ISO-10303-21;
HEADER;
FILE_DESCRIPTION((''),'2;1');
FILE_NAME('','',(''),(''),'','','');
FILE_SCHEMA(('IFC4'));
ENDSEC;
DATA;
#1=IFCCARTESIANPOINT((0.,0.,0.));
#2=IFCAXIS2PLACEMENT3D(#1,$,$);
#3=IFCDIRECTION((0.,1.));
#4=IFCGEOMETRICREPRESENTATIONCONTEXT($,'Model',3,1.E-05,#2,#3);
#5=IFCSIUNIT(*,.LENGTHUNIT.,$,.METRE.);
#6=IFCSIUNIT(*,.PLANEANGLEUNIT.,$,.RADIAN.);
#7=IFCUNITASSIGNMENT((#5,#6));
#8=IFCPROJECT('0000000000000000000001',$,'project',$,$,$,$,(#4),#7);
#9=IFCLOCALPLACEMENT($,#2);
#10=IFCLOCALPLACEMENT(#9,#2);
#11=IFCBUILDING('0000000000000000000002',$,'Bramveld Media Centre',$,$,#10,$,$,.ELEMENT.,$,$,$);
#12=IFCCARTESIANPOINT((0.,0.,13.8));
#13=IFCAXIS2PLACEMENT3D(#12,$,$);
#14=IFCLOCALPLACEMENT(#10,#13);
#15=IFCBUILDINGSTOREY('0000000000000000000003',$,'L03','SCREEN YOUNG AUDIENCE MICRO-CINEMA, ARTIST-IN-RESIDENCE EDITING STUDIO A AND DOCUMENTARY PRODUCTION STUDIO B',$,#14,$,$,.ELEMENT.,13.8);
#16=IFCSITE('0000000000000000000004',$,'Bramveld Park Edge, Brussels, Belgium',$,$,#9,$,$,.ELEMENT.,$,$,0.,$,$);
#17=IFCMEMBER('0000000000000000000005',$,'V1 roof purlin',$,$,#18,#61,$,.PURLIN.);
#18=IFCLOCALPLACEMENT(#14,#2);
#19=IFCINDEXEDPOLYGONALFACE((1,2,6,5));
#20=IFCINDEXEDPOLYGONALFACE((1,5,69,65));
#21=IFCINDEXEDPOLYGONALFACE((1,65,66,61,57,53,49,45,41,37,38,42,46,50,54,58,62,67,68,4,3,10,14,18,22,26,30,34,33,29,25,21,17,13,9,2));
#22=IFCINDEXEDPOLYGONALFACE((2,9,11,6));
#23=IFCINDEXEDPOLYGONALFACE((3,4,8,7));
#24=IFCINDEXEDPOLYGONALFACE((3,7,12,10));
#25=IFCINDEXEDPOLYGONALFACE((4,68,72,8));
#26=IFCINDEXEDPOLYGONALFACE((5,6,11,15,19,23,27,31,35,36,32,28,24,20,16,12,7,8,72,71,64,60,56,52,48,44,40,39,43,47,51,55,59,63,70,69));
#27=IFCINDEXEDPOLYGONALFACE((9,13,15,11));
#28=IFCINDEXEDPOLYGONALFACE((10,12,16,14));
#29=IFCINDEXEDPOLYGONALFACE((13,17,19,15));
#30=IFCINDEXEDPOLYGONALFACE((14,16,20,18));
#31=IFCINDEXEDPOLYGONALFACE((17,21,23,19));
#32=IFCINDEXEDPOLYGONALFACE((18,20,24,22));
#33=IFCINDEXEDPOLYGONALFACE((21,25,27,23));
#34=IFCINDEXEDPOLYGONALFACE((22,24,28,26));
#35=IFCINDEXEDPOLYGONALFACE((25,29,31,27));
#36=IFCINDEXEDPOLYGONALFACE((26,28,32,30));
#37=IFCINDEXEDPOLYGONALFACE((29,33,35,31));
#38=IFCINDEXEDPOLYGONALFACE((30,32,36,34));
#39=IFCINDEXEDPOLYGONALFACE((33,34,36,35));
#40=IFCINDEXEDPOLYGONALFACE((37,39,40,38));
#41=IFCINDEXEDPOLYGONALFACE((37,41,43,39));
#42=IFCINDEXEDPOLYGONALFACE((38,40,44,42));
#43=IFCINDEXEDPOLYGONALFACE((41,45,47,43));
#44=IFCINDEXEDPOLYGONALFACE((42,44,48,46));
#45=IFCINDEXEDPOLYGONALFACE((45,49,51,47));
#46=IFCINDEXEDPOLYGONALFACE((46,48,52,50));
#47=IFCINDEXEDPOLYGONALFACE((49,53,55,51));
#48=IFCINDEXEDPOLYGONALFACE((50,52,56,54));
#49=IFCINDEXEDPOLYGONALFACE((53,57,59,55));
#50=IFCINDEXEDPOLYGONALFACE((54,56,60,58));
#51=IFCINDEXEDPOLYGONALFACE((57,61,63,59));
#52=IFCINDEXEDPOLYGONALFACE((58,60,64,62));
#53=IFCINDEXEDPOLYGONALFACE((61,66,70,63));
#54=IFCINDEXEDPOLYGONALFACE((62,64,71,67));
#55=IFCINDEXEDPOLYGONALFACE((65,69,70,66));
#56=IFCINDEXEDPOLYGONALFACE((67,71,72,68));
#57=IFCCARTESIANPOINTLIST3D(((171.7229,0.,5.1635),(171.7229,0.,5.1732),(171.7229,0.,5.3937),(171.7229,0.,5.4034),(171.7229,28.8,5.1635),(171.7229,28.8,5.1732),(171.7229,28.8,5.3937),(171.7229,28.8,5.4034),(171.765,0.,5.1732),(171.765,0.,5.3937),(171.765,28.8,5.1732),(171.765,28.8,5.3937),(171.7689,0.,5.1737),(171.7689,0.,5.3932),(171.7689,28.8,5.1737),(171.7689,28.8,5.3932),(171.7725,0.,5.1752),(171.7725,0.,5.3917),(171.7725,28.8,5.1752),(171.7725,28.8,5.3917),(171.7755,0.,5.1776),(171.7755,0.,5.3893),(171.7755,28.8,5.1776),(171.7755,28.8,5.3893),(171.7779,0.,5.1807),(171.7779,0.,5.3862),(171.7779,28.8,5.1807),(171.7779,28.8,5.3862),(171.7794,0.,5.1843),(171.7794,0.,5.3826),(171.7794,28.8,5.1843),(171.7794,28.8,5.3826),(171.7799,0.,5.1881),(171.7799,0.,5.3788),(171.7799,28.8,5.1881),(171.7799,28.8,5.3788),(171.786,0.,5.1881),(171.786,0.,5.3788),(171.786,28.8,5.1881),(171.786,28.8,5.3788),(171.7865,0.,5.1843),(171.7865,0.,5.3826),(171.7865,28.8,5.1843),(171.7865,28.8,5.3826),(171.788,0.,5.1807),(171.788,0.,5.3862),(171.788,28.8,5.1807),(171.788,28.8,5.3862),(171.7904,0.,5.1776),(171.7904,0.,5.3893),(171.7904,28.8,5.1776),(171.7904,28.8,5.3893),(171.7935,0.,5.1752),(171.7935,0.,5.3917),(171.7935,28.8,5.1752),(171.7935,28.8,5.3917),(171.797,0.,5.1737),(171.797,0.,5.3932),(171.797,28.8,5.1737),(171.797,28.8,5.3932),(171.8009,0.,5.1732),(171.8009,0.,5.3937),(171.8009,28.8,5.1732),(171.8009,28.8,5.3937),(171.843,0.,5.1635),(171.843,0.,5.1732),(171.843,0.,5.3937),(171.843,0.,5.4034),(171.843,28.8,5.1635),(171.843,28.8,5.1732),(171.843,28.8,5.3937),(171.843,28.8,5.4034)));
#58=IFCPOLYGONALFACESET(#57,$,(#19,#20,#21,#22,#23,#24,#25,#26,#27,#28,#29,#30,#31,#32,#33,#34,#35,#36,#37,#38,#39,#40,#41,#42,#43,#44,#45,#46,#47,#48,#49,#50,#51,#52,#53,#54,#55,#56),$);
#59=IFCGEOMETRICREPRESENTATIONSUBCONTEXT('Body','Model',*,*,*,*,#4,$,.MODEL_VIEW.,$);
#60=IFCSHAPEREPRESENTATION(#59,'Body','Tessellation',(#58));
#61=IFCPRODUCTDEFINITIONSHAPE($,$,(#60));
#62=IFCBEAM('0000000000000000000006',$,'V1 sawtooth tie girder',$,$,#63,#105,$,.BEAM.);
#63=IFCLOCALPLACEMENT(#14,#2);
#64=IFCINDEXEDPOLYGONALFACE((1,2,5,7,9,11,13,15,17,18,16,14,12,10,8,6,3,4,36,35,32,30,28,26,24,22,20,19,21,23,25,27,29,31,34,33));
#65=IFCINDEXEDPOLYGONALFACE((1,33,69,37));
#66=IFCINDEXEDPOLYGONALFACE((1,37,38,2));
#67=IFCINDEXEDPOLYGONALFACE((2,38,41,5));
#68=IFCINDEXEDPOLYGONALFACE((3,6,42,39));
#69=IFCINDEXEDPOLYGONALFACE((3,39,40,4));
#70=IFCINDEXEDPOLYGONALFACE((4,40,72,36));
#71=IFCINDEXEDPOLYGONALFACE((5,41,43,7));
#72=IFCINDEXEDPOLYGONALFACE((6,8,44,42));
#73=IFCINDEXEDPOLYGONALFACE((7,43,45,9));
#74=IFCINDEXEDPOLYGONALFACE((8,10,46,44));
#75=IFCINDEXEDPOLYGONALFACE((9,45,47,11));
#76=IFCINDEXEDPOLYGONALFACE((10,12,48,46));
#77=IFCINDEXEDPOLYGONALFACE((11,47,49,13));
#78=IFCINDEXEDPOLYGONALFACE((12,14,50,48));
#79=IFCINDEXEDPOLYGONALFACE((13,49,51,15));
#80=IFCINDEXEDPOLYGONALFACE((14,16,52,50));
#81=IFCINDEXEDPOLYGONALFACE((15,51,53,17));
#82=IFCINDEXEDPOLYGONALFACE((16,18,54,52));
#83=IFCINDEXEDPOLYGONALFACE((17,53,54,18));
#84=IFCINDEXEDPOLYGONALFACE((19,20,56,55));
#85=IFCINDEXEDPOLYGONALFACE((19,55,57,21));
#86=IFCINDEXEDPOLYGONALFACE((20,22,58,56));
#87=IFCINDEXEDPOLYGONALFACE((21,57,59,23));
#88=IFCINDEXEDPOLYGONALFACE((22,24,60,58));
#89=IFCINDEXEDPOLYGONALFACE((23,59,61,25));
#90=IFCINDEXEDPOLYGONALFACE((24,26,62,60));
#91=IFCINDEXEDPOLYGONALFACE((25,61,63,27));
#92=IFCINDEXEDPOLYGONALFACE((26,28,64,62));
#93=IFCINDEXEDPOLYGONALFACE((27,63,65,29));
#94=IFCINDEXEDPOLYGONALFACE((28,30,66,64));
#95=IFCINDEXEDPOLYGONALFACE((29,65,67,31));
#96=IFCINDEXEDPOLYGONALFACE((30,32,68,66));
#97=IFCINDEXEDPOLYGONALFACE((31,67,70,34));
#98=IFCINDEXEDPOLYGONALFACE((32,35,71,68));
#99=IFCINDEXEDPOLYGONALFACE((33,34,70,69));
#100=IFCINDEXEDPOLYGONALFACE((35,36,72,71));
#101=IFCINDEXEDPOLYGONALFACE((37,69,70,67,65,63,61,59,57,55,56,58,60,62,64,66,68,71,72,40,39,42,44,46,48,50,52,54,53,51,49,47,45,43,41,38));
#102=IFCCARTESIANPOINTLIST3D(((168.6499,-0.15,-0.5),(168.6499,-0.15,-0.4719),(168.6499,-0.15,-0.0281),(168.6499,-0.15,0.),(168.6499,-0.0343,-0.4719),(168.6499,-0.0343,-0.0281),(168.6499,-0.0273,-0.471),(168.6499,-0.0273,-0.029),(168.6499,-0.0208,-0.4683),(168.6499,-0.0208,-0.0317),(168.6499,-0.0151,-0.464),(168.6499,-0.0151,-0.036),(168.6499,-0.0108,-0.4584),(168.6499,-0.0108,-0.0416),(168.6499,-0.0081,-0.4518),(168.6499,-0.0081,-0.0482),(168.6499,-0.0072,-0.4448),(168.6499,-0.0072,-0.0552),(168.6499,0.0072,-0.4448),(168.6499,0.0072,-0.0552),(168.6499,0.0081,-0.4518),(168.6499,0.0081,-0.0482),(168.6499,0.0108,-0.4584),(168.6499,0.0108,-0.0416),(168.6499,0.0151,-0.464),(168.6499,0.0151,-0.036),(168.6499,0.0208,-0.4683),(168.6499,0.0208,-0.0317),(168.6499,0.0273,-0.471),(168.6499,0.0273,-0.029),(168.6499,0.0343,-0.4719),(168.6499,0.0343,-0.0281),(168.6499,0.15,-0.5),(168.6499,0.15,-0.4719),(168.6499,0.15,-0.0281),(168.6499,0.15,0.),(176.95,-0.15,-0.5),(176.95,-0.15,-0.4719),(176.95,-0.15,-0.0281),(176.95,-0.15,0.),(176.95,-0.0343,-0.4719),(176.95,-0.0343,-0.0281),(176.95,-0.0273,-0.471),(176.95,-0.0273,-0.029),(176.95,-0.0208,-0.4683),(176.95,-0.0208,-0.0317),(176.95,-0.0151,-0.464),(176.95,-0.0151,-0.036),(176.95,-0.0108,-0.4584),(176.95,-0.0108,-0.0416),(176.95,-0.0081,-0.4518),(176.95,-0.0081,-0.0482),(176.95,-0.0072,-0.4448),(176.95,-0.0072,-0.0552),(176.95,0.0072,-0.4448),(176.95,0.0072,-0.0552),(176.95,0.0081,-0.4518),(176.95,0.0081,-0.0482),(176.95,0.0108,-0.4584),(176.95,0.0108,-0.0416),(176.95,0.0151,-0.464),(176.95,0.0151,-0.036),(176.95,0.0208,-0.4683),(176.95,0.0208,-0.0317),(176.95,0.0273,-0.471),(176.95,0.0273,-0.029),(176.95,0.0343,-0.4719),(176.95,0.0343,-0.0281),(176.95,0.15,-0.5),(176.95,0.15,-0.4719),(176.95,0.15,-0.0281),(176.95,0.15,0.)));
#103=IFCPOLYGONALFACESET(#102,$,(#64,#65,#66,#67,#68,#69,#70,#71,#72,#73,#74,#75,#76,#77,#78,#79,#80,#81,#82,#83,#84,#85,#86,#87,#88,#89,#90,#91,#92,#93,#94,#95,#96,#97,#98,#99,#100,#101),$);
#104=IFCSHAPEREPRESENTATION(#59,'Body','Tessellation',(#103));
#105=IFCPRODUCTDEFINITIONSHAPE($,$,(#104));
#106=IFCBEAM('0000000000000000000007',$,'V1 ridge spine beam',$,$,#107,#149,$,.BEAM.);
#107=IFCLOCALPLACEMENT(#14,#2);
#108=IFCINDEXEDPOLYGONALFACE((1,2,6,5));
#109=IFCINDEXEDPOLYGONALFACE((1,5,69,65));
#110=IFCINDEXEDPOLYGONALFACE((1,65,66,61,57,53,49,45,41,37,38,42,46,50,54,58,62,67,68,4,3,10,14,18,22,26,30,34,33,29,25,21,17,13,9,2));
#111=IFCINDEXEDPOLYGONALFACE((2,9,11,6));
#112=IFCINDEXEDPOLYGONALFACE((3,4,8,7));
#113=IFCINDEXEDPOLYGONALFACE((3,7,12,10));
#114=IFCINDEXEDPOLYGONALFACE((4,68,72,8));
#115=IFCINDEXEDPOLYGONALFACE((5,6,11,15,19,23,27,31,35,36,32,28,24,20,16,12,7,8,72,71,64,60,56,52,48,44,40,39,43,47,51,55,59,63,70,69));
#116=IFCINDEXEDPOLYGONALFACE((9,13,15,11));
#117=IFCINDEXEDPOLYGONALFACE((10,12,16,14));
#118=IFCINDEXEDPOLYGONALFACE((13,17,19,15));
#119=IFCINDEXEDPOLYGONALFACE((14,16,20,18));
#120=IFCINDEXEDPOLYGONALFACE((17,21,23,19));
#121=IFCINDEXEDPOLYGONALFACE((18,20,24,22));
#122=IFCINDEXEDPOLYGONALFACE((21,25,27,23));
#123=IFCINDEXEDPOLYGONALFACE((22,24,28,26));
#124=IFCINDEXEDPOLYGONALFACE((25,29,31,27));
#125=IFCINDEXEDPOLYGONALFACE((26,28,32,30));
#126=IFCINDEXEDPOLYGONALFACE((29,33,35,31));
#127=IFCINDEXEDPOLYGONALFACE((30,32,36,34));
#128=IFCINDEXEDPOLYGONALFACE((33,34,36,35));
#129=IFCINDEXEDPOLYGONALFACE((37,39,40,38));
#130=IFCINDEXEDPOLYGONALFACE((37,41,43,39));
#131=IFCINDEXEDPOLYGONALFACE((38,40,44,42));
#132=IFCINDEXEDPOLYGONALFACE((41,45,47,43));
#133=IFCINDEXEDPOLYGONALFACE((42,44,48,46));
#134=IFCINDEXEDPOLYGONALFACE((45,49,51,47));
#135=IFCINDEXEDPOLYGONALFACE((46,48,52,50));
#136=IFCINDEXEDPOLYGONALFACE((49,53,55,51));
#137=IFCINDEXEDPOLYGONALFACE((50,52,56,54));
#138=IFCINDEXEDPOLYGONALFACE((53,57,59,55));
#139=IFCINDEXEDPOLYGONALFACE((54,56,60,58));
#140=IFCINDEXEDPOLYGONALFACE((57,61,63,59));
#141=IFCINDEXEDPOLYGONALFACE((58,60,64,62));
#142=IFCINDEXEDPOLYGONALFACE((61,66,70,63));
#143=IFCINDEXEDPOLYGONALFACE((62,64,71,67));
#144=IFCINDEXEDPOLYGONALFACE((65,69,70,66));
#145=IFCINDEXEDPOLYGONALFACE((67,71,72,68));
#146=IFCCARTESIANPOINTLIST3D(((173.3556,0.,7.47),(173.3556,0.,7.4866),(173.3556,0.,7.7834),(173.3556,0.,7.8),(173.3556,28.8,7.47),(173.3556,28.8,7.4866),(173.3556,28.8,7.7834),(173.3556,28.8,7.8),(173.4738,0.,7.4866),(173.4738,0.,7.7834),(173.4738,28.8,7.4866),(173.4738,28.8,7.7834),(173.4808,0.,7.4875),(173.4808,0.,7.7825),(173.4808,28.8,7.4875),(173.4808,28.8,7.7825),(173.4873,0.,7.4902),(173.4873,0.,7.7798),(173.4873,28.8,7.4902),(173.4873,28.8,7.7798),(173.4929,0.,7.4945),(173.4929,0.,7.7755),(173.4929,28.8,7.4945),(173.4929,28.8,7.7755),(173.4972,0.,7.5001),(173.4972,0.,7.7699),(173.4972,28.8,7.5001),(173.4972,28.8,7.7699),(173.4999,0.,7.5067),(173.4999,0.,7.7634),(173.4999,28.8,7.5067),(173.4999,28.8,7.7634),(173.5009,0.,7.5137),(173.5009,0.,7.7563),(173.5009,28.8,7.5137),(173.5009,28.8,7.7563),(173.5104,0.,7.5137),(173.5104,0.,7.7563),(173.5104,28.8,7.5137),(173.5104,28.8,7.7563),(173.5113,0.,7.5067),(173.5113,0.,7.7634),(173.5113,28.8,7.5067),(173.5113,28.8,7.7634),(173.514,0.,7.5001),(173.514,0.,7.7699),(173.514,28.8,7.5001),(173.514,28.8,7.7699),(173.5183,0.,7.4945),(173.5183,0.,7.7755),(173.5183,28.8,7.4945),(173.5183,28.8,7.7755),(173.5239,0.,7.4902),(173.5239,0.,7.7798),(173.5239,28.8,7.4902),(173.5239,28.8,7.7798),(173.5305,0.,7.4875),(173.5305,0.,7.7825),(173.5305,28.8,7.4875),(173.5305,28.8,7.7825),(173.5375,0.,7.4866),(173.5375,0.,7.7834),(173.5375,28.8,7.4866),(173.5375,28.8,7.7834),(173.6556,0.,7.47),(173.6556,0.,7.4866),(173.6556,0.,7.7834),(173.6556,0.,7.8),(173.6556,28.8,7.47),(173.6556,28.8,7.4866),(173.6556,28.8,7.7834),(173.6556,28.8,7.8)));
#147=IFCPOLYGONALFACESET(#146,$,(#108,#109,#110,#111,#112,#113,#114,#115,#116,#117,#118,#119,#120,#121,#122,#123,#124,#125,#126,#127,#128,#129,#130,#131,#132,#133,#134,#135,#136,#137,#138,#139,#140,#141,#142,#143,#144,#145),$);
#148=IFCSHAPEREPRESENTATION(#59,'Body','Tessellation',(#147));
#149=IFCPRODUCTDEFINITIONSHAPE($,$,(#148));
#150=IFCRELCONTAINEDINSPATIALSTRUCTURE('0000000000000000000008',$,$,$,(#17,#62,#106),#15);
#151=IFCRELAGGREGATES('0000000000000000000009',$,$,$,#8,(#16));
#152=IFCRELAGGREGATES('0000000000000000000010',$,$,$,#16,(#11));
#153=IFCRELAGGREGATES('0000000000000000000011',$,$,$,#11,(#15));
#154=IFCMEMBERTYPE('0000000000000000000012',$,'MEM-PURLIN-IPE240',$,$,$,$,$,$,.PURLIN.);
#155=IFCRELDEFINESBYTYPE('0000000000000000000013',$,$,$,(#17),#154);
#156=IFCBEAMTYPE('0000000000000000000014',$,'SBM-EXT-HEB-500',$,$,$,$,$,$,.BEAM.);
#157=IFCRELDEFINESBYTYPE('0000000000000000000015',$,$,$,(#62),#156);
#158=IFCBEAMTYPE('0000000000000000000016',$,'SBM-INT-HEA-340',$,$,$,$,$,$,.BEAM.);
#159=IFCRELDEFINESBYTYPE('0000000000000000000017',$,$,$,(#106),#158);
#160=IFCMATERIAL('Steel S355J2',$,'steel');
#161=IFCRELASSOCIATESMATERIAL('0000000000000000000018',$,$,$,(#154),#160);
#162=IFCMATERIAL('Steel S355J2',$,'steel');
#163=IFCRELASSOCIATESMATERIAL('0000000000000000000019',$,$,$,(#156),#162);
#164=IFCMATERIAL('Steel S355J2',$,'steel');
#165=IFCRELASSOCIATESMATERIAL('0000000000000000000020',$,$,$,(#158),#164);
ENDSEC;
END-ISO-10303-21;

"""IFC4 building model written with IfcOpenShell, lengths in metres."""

from ifc_helpers import new_model, si_unit, direction, frame, origin, origin_2d, place, context, subcontext, project, spatial, i_section, extrude, material, material_profile, profile_set, type_object, element, save


model = new_model("IFC4")

# Units and contexts
model_context = context("Model", 3, precision=1e-05, world=origin(), true_north=direction((0.0, 1.0)))
body_context = subcontext(model_context, "Body", "Model", "MODEL_VIEW")
ifc_project = project(units=[si_unit("LENGTHUNIT", "METRE"), si_unit("PLANEANGLEUNIT", "RADIAN")], contexts=[model_context])

# Site, building, storey
site_placement = place(None, origin())
site = spatial("IfcSite", under=ifc_project, at=site_placement, Name="Bramveld Park Edge, Brussels, Belgium", CompositionType="ELEMENT", RefElevation=0.0)
building_placement = place(site_placement, origin())
building = spatial("IfcBuilding", under=site, at=building_placement, Name="Bramveld Media Centre", CompositionType="ELEMENT")
storey_placement = place(building_placement, frame((0.0, 0.0, 13.8)))
storey = spatial("IfcBuildingStorey", under=building, at=storey_placement, Name="L03", Description="SCREEN YOUNG AUDIENCE MICRO-CINEMA, ARTIST-IN-RESIDENCE EDITING STUDIO A AND DOCUMENTARY PRODUCTION STUDIO B", CompositionType="ELEMENT", Elevation=13.8)

# Member
ifc_material_1 = material(Name="Steel S355J2", Category="steel")
ifc_material_profile_1 = material_profile(ifc_material_1, i_section(OverallWidth=0.1201, OverallDepth=0.24, WebThickness=0.0061, FlangeThickness=0.0098, FilletRadius=0.0149, at=origin_2d()), Name="IPE 240")
ifc_profile_set_1 = profile_set([ifc_material_profile_1], Name="Steel S355J2")
member_type_1 = type_object("IfcMemberType", Name="MEM-PURLIN-IPE240", PredefinedType="PURLIN", material=ifc_profile_set_1)
member_1_placement = place(storey_placement, frame((171.783, 0.0, 5.2834), z_axis=(0.0, 1.0, 0.0), x_axis=(-1.0, 0.0, 0.0)))
element("IfcMember", 1, at=member_1_placement, inside=storey, type_object=member_type_1, Name="V1 roof purlin", PredefinedType="PURLIN", context=body_context, shape_type="SweptSolid", body=[
    extrude(i_section(OverallWidth=0.1201, OverallDepth=0.24, WebThickness=0.0061, FlangeThickness=0.0098, FilletRadius=0.0149, at=origin_2d()), origin(), (0.0, 0.0, 1.0), 28.8),
])

# Beams
ifc_material_2 = material(Name="Steel S355J2", Category="steel")
ifc_material_profile_2 = material_profile(ifc_material_2, i_section(OverallWidth=0.3, OverallDepth=0.5, WebThickness=0.0144, FlangeThickness=0.0281, FilletRadius=0.0271, at=origin_2d()), Name="HEB 500")
ifc_profile_set_2 = profile_set([ifc_material_profile_2], Name="Steel S355J2")
beam_type_1 = type_object("IfcBeamType", Name="SBM-EXT-HEB-500", PredefinedType="BEAM", material=ifc_profile_set_2)
beam_1_placement = place(storey_placement, frame((168.6499, 0.0, -0.25), z_axis=(1.0, 0.0, 0.0), x_axis=(0.0, 1.0, 0.0)))
element("IfcBeam", 2, at=beam_1_placement, inside=storey, type_object=beam_type_1, Name="V1 sawtooth tie girder", PredefinedType="BEAM", context=body_context, shape_type="SweptSolid", body=[
    extrude(i_section(OverallWidth=0.3, OverallDepth=0.5, WebThickness=0.0144, FlangeThickness=0.0281, FilletRadius=0.0271, at=origin_2d()), origin(), (0.0, 0.0, 1.0), 8.3),
])
ifc_material_3 = material(Name="Steel S355J2", Category="steel")
ifc_material_profile_3 = material_profile(ifc_material_3, i_section(OverallWidth=0.3, OverallDepth=0.3301, WebThickness=0.0095, FlangeThickness=0.0166, FilletRadius=0.0271, at=origin_2d()), Name="HEA 340")
ifc_profile_set_3 = profile_set([ifc_material_profile_3], Name="Steel S355J2")
beam_type_2 = type_object("IfcBeamType", Name="SBM-INT-HEA-340", PredefinedType="BEAM", material=ifc_profile_set_3)
beam_2_placement = place(storey_placement, frame((173.5056, 0.0, 7.635), z_axis=(0.0, 1.0, 0.0), x_axis=(-1.0, 0.0, 0.0)))
element("IfcBeam", 3, at=beam_2_placement, inside=storey, type_object=beam_type_2, Name="V1 ridge spine beam", PredefinedType="BEAM", context=body_context, shape_type="SweptSolid", body=[
    extrude(i_section(OverallWidth=0.3, OverallDepth=0.3301, WebThickness=0.0095, FlangeThickness=0.0166, FilletRadius=0.0271, at=origin_2d()), origin(), (0.0, 0.0, 1.0), 28.8),
])

save(model, "model.ifc")
